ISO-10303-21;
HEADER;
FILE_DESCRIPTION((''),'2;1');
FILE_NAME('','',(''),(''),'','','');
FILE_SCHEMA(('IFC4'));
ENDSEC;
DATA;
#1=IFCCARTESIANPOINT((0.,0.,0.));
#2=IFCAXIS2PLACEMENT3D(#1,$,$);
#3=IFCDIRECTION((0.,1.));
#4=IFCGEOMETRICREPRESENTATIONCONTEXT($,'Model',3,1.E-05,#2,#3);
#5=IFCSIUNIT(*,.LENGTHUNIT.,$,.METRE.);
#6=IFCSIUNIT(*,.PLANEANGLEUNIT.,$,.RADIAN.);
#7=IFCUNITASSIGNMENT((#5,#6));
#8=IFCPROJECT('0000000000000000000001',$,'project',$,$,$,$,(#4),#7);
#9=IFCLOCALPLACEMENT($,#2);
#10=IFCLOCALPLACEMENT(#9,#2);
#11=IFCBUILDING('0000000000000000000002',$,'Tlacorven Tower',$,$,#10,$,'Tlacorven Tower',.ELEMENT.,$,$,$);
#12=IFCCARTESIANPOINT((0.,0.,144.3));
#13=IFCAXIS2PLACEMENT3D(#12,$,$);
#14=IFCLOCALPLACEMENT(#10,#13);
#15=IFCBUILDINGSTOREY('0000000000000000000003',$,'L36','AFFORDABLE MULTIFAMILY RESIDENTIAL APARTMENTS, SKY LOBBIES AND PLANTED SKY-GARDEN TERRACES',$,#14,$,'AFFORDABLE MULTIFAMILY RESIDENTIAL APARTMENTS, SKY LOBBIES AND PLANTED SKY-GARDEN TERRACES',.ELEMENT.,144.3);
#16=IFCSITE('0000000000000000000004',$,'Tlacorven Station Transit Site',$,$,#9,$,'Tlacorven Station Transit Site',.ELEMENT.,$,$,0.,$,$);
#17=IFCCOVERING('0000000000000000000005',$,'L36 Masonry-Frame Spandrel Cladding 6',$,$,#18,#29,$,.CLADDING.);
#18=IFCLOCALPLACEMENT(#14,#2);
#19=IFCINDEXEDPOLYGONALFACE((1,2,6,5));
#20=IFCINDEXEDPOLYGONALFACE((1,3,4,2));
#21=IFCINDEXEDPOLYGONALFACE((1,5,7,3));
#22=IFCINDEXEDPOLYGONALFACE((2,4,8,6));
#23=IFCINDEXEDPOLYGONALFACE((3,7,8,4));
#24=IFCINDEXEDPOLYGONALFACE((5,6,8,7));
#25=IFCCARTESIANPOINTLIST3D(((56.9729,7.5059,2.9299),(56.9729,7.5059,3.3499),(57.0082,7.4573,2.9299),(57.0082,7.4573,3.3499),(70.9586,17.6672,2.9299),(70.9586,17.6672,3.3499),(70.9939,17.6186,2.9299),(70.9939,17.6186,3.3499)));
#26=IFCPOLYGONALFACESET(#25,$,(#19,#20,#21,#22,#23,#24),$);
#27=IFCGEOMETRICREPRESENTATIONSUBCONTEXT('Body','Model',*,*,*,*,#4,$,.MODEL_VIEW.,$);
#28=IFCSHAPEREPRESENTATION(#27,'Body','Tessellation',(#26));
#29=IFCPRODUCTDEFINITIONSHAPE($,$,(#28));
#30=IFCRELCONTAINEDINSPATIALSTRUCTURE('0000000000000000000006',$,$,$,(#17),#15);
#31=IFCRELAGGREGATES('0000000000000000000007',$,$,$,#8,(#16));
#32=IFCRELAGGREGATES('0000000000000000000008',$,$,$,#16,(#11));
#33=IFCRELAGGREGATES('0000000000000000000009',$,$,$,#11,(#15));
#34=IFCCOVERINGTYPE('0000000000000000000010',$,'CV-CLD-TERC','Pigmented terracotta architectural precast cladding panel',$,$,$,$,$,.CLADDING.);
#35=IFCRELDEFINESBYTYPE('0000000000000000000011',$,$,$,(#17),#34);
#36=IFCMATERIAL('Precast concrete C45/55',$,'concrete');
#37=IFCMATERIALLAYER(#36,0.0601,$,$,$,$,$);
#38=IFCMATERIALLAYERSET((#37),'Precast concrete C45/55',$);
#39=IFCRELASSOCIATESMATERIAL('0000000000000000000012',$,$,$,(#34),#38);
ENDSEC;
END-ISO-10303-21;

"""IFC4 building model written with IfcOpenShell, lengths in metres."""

from ifc_helpers import new_model, si_unit, direction, frame, origin, origin_2d, place, context, subcontext, project, spatial, rectangle, extrude, source, transform, mapped, material, layer, layer_set, type_object, element, save


model = new_model("IFC4")

# Units and contexts
model_context = context("Model", 3, precision=1e-05, world=origin(), true_north=direction((0.0, 1.0)))
body_context = subcontext(model_context, "Body", "Model", "MODEL_VIEW")
ifc_project = project(units=[si_unit("LENGTHUNIT", "METRE"), si_unit("PLANEANGLEUNIT", "RADIAN")], contexts=[model_context])

# Site, building, storey
site_placement = place(None, origin())
site = spatial("IfcSite", under=ifc_project, at=site_placement, Name="Tlacorven Station Transit Site", LongName="Tlacorven Station Transit Site", CompositionType="ELEMENT", RefElevation=0.0)
building_placement = place(site_placement, origin())
building = spatial("IfcBuilding", under=site, at=building_placement, Name="Tlacorven Tower", LongName="Tlacorven Tower", CompositionType="ELEMENT")
storey_placement = place(building_placement, frame((0.0, 0.0, 144.3)))
storey = spatial("IfcBuildingStorey", under=building, at=storey_placement, Name="L36", Description="AFFORDABLE MULTIFAMILY RESIDENTIAL APARTMENTS, SKY LOBBIES AND PLANTED SKY-GARDEN TERRACES", LongName="AFFORDABLE MULTIFAMILY RESIDENTIAL APARTMENTS, SKY LOBBIES AND PLANTED SKY-GARDEN TERRACES", CompositionType="ELEMENT", Elevation=144.3)

# Shared definitions
ifc_material_1 = material(Name="Precast concrete C45/55", Category="concrete")

# Covering
ifc_layer_1 = layer(ifc_material_1, 0.0601)
ifc_layer_set_1 = layer_set([ifc_layer_1], Name="Precast concrete C45/55")
covering_type = type_object("IfcCoveringType", Name="CV-CLD-TERC", Description="Pigmented terracotta architectural precast cladding panel", PredefinedType="CLADDING", material=ifc_layer_set_1)
shared_shape_1 = source(origin(), body_context, "Body", "SweptSolid", [
    extrude(rectangle(XDim=17.2874, YDim=0.0601, at=origin_2d()), origin(), (0.0, 0.0, 1.0), 0.4199),
])
covering_placement = place(storey_placement, frame((63.9834, 12.5623, 2.9299), z_axis=(0.0, 0.0, 1.0), x_axis=(-0.809017, -0.587785, 0.0)))
element("IfcCovering", 1, at=covering_placement, inside=storey, type_object=covering_type, Name="L36 Masonry-Frame Spandrel Cladding 6", PredefinedType="CLADDING", context=body_context, shape_type="MappedRepresentation", body=[
    mapped(shared_shape_1, transform((0.0, 0.0, 0.0), scale=1.0)),
])

save(model, "model.ifc")
